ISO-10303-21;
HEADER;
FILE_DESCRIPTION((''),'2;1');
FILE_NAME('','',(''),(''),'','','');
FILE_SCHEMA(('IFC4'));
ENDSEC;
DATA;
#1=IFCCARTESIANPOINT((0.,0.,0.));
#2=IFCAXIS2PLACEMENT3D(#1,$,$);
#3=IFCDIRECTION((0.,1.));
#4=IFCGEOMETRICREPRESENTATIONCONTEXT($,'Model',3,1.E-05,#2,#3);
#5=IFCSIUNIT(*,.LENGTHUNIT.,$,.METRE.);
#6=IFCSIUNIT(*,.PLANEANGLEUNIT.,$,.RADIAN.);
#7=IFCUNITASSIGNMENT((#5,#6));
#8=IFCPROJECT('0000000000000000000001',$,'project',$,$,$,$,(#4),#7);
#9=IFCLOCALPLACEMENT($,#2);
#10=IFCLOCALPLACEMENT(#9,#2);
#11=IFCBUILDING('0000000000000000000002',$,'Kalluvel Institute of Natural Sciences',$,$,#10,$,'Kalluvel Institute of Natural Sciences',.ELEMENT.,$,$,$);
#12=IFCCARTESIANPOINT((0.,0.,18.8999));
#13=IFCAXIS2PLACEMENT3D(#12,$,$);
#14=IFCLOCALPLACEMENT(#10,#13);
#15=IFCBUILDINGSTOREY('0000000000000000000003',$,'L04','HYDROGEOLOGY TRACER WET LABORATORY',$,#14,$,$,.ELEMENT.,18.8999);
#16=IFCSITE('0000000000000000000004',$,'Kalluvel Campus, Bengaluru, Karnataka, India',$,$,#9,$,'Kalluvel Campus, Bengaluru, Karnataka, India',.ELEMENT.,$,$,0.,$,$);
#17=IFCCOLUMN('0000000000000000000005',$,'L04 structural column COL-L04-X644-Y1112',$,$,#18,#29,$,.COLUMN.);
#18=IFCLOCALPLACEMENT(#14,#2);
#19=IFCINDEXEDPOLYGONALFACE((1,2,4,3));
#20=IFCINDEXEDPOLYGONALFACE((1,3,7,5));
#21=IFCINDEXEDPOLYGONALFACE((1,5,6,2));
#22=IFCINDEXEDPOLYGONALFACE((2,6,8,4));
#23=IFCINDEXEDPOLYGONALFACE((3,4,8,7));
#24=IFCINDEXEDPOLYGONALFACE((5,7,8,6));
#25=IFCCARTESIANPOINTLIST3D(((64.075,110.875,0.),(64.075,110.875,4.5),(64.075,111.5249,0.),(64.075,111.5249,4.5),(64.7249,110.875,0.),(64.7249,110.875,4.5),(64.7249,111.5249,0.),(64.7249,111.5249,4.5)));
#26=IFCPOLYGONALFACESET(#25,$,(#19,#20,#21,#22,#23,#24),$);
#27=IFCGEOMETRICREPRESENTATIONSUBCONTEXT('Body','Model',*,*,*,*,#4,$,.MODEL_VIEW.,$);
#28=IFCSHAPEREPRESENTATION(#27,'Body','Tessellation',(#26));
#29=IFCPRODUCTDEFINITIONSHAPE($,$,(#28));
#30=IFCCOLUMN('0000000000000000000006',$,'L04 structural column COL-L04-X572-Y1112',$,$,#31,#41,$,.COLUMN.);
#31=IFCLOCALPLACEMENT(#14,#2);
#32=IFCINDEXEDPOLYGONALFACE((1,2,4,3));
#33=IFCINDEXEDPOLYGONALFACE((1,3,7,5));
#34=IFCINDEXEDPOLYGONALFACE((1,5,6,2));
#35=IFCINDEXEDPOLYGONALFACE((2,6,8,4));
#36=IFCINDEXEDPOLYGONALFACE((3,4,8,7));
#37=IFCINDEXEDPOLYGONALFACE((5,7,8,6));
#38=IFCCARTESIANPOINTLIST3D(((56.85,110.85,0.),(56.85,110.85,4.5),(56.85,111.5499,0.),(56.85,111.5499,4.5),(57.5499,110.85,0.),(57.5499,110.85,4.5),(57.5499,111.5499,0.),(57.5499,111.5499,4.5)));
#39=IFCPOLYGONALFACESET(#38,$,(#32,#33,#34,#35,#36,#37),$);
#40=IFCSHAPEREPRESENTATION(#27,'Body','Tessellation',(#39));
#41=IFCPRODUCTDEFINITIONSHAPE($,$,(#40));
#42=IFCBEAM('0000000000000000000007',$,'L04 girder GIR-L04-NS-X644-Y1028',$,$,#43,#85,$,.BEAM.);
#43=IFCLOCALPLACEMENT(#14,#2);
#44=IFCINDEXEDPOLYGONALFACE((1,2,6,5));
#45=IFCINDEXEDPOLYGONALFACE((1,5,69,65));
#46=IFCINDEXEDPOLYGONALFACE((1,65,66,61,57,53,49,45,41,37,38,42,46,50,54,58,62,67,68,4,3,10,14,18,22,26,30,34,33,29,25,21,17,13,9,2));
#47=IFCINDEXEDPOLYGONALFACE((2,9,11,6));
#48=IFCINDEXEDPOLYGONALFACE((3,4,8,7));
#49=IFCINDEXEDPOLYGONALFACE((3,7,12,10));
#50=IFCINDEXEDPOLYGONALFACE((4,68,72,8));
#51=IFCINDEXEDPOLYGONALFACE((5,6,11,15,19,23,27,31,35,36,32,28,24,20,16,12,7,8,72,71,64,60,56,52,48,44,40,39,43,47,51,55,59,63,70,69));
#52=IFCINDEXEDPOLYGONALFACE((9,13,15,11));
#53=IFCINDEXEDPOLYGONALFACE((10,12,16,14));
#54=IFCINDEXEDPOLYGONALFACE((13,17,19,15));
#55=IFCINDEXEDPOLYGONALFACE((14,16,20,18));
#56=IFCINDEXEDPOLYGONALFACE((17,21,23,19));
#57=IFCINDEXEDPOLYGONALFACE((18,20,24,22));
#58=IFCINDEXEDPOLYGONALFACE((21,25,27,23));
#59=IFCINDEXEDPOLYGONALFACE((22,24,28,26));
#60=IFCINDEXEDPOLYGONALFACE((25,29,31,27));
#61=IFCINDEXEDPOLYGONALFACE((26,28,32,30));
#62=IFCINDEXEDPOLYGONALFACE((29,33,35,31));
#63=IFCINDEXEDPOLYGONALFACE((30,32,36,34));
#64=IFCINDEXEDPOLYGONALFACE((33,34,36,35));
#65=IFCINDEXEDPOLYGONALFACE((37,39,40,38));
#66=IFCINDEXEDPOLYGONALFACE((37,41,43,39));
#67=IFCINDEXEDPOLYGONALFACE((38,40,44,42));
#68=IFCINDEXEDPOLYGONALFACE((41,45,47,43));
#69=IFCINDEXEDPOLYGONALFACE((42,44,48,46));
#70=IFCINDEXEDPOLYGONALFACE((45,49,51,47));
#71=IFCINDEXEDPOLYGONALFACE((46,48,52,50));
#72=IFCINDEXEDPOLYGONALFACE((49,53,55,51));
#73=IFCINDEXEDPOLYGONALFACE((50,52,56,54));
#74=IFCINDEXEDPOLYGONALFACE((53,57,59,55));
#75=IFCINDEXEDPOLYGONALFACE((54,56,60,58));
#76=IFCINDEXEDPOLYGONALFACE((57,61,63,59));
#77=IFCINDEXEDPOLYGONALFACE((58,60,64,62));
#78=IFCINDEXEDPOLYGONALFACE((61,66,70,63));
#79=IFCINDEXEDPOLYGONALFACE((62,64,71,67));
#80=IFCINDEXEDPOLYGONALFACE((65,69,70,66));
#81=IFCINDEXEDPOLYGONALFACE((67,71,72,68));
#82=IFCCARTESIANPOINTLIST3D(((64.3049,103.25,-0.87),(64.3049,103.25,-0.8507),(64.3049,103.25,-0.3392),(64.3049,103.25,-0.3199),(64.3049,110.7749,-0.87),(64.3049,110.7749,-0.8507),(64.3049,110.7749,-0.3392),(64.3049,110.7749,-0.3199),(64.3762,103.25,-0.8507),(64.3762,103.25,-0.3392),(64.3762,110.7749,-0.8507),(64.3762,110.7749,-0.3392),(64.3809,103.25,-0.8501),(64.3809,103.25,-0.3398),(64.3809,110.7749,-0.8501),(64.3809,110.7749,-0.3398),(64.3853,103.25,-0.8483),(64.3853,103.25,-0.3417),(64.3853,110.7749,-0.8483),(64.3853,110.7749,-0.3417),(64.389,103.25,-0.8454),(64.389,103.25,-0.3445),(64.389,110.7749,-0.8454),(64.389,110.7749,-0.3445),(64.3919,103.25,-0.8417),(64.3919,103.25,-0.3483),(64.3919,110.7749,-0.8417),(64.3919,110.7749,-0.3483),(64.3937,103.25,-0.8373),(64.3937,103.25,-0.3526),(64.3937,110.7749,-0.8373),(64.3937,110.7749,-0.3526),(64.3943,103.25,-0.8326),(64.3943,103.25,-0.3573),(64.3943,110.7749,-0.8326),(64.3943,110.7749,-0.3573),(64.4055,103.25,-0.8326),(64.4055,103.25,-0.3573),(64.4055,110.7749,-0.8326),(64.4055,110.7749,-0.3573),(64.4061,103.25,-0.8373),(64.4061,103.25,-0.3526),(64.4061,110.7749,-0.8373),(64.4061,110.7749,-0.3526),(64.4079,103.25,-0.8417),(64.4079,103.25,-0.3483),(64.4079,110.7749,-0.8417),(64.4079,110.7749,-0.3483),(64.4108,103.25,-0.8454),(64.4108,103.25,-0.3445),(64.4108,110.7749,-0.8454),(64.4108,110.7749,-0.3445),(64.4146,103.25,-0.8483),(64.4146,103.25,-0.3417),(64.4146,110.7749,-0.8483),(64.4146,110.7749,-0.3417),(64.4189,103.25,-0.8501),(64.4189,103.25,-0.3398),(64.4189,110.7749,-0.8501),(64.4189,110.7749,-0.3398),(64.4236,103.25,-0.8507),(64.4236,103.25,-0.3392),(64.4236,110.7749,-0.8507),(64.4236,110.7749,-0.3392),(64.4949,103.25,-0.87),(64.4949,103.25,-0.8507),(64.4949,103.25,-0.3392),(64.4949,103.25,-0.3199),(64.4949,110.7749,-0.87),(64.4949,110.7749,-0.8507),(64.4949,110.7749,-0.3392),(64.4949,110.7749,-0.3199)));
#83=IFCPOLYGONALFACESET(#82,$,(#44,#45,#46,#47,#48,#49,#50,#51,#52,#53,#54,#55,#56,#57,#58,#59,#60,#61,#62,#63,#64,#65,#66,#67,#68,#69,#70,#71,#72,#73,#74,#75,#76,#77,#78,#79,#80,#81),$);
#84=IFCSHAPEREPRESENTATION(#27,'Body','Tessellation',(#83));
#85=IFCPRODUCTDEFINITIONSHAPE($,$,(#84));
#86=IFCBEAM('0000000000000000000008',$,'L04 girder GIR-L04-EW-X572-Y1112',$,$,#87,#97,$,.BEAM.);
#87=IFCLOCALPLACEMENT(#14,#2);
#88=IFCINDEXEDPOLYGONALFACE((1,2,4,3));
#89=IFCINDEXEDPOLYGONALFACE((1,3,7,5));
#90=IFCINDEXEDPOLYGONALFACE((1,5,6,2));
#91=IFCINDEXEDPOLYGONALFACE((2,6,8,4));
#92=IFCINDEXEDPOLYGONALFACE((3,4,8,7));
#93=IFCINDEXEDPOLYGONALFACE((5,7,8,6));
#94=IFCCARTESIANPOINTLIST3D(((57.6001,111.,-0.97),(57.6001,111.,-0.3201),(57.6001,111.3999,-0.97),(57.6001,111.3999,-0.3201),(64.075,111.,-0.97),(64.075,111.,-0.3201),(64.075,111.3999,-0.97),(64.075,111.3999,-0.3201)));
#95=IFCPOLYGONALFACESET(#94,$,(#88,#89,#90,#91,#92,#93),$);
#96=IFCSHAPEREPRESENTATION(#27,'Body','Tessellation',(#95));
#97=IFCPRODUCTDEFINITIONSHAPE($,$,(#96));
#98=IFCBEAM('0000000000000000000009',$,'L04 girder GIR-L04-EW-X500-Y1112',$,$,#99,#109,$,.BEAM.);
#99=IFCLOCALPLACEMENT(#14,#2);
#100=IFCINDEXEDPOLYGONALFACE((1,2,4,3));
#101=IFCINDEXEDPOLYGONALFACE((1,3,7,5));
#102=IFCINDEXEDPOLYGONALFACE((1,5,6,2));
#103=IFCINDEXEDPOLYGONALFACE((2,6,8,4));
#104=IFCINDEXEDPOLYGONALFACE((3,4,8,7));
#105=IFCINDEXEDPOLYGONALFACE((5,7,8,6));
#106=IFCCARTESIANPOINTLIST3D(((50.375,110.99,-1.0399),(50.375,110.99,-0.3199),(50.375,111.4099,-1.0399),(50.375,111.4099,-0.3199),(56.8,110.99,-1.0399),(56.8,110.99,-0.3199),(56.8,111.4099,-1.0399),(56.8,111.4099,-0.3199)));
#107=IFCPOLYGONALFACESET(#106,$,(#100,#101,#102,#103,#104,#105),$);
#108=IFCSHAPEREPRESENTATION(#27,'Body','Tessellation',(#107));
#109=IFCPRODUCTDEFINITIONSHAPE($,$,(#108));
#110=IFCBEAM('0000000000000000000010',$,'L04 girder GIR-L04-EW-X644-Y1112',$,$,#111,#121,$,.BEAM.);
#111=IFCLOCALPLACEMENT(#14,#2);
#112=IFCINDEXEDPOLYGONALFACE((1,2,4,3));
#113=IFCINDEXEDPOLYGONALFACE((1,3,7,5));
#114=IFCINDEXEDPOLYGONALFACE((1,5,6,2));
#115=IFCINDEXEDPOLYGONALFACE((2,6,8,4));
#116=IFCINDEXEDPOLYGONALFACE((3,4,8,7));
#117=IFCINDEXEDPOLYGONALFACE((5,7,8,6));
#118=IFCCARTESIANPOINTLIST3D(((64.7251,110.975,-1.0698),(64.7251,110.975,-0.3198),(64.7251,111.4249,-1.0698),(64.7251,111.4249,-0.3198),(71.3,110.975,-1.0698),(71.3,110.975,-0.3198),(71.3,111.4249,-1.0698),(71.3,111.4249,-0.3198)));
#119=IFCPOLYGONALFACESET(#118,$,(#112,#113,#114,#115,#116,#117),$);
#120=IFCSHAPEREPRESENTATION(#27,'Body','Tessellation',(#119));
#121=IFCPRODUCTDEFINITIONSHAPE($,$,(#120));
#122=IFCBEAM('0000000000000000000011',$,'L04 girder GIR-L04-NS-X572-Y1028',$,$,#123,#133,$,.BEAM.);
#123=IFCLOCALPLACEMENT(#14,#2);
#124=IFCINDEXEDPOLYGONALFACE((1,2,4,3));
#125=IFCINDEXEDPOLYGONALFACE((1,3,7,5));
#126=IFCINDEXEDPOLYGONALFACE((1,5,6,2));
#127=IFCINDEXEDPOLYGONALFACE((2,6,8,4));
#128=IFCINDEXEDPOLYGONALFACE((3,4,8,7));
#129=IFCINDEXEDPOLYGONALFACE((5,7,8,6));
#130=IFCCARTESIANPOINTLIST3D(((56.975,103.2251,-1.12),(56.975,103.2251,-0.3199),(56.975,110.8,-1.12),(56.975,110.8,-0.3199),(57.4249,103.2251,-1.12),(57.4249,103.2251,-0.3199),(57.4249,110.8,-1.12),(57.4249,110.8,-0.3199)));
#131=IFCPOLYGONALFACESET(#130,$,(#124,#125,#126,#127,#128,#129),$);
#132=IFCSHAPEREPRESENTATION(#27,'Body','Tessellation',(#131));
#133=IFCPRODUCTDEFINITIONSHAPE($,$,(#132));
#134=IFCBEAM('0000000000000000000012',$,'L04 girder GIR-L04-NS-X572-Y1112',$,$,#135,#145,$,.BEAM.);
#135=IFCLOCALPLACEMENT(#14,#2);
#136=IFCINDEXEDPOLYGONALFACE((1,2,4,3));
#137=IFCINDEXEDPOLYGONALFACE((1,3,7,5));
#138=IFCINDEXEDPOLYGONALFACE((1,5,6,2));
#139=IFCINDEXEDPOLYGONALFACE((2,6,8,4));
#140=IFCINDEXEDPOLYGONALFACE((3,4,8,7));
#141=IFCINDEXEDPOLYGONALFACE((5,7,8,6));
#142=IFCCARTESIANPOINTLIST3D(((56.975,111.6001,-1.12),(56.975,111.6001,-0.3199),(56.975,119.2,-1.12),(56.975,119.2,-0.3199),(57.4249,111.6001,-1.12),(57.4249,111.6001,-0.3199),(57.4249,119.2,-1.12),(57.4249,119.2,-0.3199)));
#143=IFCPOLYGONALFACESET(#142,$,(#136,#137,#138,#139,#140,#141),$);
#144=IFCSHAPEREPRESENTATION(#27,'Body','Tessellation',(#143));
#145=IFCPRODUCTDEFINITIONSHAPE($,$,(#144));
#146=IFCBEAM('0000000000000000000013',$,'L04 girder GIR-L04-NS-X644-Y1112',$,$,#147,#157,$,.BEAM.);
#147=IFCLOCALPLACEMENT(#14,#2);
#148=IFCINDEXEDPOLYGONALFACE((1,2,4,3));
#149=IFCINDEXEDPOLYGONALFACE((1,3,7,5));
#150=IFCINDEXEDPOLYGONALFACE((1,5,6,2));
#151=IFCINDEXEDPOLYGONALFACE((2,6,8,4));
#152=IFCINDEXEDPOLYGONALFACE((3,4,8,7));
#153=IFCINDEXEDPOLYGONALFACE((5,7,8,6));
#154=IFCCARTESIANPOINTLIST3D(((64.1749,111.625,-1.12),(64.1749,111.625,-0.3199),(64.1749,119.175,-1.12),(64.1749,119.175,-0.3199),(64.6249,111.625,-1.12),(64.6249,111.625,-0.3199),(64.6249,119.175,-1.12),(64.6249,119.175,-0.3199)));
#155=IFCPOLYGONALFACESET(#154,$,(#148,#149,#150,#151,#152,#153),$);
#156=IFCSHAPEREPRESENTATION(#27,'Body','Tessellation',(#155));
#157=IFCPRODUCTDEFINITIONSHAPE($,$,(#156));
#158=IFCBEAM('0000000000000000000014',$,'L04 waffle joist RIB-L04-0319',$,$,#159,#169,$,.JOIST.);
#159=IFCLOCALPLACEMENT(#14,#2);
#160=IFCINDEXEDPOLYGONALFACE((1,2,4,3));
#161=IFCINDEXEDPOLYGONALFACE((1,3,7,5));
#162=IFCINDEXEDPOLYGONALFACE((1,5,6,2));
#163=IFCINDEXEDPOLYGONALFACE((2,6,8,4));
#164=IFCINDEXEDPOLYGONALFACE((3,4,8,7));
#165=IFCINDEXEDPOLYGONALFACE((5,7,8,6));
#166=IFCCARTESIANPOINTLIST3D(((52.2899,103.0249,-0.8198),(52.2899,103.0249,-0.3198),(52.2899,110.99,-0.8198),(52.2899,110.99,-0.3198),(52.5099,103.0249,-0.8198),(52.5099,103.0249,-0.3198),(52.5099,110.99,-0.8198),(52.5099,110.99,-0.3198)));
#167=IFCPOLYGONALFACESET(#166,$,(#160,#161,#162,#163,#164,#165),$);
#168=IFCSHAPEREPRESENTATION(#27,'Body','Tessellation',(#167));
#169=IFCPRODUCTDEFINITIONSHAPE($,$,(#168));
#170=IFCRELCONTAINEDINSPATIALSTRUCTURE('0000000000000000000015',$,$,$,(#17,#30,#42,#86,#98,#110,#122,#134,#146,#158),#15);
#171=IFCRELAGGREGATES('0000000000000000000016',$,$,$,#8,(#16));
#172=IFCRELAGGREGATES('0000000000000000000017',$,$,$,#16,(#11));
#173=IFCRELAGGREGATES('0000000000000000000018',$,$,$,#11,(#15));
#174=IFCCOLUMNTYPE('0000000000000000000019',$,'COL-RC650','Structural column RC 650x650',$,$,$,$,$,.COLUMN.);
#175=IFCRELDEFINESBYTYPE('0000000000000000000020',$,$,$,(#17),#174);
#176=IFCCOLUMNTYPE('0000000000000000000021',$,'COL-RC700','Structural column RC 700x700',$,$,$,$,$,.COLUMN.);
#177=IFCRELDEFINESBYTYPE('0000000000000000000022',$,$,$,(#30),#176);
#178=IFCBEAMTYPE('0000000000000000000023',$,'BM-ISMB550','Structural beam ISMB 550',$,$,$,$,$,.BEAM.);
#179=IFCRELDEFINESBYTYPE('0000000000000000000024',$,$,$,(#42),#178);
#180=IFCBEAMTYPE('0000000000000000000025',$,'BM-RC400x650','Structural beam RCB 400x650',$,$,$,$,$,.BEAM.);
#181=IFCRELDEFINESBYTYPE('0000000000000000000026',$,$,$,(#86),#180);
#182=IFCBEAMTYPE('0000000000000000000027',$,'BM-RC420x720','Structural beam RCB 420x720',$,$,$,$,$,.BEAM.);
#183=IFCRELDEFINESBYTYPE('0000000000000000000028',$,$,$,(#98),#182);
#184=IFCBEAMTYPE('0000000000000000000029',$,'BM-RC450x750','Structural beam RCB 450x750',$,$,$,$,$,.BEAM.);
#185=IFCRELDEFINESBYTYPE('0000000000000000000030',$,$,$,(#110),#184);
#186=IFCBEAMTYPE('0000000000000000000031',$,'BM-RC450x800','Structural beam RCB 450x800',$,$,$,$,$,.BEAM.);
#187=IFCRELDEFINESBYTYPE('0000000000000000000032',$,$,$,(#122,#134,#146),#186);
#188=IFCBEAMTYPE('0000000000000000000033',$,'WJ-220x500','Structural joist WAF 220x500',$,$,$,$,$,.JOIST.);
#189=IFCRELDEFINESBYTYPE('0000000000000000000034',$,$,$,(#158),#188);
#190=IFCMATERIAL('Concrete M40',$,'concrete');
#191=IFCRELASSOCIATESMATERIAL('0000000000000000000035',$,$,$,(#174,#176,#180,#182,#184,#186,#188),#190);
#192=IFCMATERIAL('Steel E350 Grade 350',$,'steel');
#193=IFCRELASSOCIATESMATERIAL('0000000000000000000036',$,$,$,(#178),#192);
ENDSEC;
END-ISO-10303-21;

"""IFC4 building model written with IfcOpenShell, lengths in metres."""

from ifc_helpers import new_model, si_unit, direction, frame, origin, origin_2d, place, context, subcontext, project, spatial, rectangle, i_section, extrude, material, material_profile, profile_set, type_object, element, save


model = new_model("IFC4")

# Units and contexts
model_context = context("Model", 3, precision=1e-05, world=origin(), true_north=direction((0.0, 1.0)))
body_context = subcontext(model_context, "Body", "Model", "MODEL_VIEW")
ifc_project = project(units=[si_unit("LENGTHUNIT", "METRE"), si_unit("PLANEANGLEUNIT", "RADIAN")], contexts=[model_context])

# Site, building, storey
site_placement = place(None, origin())
site = spatial("IfcSite", under=ifc_project, at=site_placement, Name="Kalluvel Campus, Bengaluru, Karnataka, India", LongName="Kalluvel Campus, Bengaluru, Karnataka, India", CompositionType="ELEMENT", RefElevation=0.0)
building_placement = place(site_placement, origin())
building = spatial("IfcBuilding", under=site, at=building_placement, Name="Kalluvel Institute of Natural Sciences", LongName="Kalluvel Institute of Natural Sciences", CompositionType="ELEMENT")
storey_placement = place(building_placement, frame((0.0, 0.0, 18.8999)))
storey = spatial("IfcBuildingStorey", under=building, at=storey_placement, Name="L04", Description="HYDROGEOLOGY TRACER WET LABORATORY", CompositionType="ELEMENT", Elevation=18.8999)

# Columns
ifc_material_1 = material(Name="Concrete M40", Category="concrete")
ifc_material_profile_1 = material_profile(ifc_material_1, rectangle(XDim=0.6499, YDim=0.6499, at=origin_2d()), Name="RC 650x650")
ifc_profile_set_1 = profile_set([ifc_material_profile_1], Name="Concrete M40")
column_type_1 = type_object("IfcColumnType", Name="COL-RC650", Description="Structural column RC 650x650", PredefinedType="COLUMN", material=ifc_profile_set_1)
column_1_placement = place(storey_placement, frame((64.3999, 111.2, 0.0), z_axis=(0.0, 0.0, 1.0), x_axis=(1.0, 0.0, 0.0)))
element("IfcColumn", 1, at=column_1_placement, inside=storey, type_object=column_type_1, Name="L04 structural column COL-L04-X644-Y1112", PredefinedType="COLUMN", context=body_context, shape_type="SweptSolid", body=[
    extrude(rectangle(XDim=0.6499, YDim=0.6499, at=origin_2d()), origin(), (0.0, 0.0, 1.0), 4.5),
])
ifc_material_profile_2 = material_profile(ifc_material_1, rectangle(XDim=0.7, YDim=0.7, at=origin_2d()), Name="RC 700x700")
ifc_profile_set_2 = profile_set([ifc_material_profile_2], Name="Concrete M40")
column_type_2 = type_object("IfcColumnType", Name="COL-RC700", Description="Structural column RC 700x700", PredefinedType="COLUMN", material=ifc_profile_set_2)
column_2_placement = place(storey_placement, frame((57.2, 111.2, 0.0), z_axis=(0.0, 0.0, 1.0), x_axis=(1.0, 0.0, 0.0)))
element("IfcColumn", 2, at=column_2_placement, inside=storey, type_object=column_type_2, Name="L04 structural column COL-L04-X572-Y1112", PredefinedType="COLUMN", context=body_context, shape_type="SweptSolid", body=[
    extrude(rectangle(XDim=0.7, YDim=0.7, at=origin_2d()), origin(), (0.0, 0.0, 1.0), 4.5),
])

# Beams
ifc_material_2 = material(Name="Steel E350 Grade 350", Category="steel")
ifc_material_profile_3 = material_profile(ifc_material_2, i_section(OverallWidth=0.1899, OverallDepth=0.55, WebThickness=0.0112, FlangeThickness=0.0193, FilletRadius=0.0181, at=origin_2d()), Name="ISMB 550")
ifc_profile_set_3 = profile_set([ifc_material_profile_3], Name="Steel E350 Grade 350")
beam_type_1 = type_object("IfcBeamType", Name="BM-ISMB550", Description="Structural beam ISMB 550", PredefinedType="BEAM", material=ifc_profile_set_3)
beam_1_placement = place(storey_placement, frame((64.3999, 103.25, -0.595), z_axis=(0.0, 1.0, 0.0), x_axis=(-1.0, 0.0, 0.0)))
element("IfcBeam", 3, at=beam_1_placement, inside=storey, type_object=beam_type_1, Name="L04 girder GIR-L04-NS-X644-Y1028", PredefinedType="BEAM", context=body_context, shape_type="SweptSolid", body=[
    extrude(i_section(OverallWidth=0.1899, OverallDepth=0.55, WebThickness=0.0112, FlangeThickness=0.0193, FilletRadius=0.0181, at=origin_2d()), origin(), (0.0, 0.0, 1.0), 7.5249),
])
ifc_material_profile_4 = material_profile(ifc_material_1, rectangle(XDim=0.3999, YDim=0.6499, at=origin_2d()), Name="RCB 400x650")
ifc_profile_set_4 = profile_set([ifc_material_profile_4], Name="Concrete M40")
beam_type_2 = type_object("IfcBeamType", Name="BM-RC400x650", Description="Structural beam RCB 400x650", PredefinedType="BEAM", material=ifc_profile_set_4)
beam_2_placement = place(storey_placement, frame((57.6001, 111.2, -0.645), z_axis=(1.0, 0.0, 0.0), x_axis=(0.0, 1.0, 0.0)))
element("IfcBeam", 4, at=beam_2_placement, inside=storey, type_object=beam_type_2, Name="L04 girder GIR-L04-EW-X572-Y1112", PredefinedType="BEAM", context=body_context, shape_type="SweptSolid", body=[
    extrude(rectangle(XDim=0.3999, YDim=0.6499, at=origin_2d()), origin(), (0.0, 0.0, 1.0), 6.4749),
])
ifc_material_profile_5 = material_profile(ifc_material_1, rectangle(XDim=0.4199, YDim=0.72, at=origin_2d()), Name="RCB 420x720")
ifc_profile_set_5 = profile_set([ifc_material_profile_5], Name="Concrete M40")
beam_type_3 = type_object("IfcBeamType", Name="BM-RC420x720", Description="Structural beam RCB 420x720", PredefinedType="BEAM", material=ifc_profile_set_5)
beam_3_placement = place(storey_placement, frame((50.375, 111.2, -0.6799), z_axis=(1.0, 0.0, 0.0), x_axis=(0.0, 1.0, 0.0)))
element("IfcBeam", 5, at=beam_3_placement, inside=storey, type_object=beam_type_3, Name="L04 girder GIR-L04-EW-X500-Y1112", PredefinedType="BEAM", context=body_context, shape_type="SweptSolid", body=[
    extrude(rectangle(XDim=0.4199, YDim=0.72, at=origin_2d()), origin(), (0.0, 0.0, 1.0), 6.425),
])
ifc_material_profile_6 = material_profile(ifc_material_1, rectangle(XDim=0.45, YDim=0.75, at=origin_2d()), Name="RCB 450x750")
ifc_profile_set_6 = profile_set([ifc_material_profile_6], Name="Concrete M40")
beam_type_4 = type_object("IfcBeamType", Name="BM-RC450x750", Description="Structural beam RCB 450x750", PredefinedType="BEAM", material=ifc_profile_set_6)
beam_4_placement = place(storey_placement, frame((64.7251, 111.2, -0.6948), z_axis=(1.0, 0.0, 0.0), x_axis=(0.0, 1.0, 0.0)))
element("IfcBeam", 6, at=beam_4_placement, inside=storey, type_object=beam_type_4, Name="L04 girder GIR-L04-EW-X644-Y1112", PredefinedType="BEAM", context=body_context, shape_type="SweptSolid", body=[
    extrude(rectangle(XDim=0.45, YDim=0.75, at=origin_2d()), origin(), (0.0, 0.0, 1.0), 6.575),
])
ifc_material_profile_7 = material_profile(ifc_material_1, rectangle(XDim=0.45, YDim=0.8, at=origin_2d()), Name="RCB 450x800")
ifc_profile_set_7 = profile_set([ifc_material_profile_7], Name="Concrete M40")
beam_type_5 = type_object("IfcBeamType", Name="BM-RC450x800", Description="Structural beam RCB 450x800", PredefinedType="BEAM", material=ifc_profile_set_7)
beam_5_placement = place(storey_placement, frame((57.2, 103.2251, -0.72), z_axis=(0.0, 1.0, 0.0), x_axis=(-1.0, 0.0, 0.0)))
element("IfcBeam", 7, at=beam_5_placement, inside=storey, type_object=beam_type_5, Name="L04 girder GIR-L04-NS-X572-Y1028", PredefinedType="BEAM", context=body_context, shape_type="SweptSolid", body=[
    extrude(rectangle(XDim=0.45, YDim=0.8, at=origin_2d()), origin(), (0.0, 0.0, 1.0), 7.575),
])
beam_6_placement = place(storey_placement, frame((57.2, 111.6001, -0.72), z_axis=(0.0, 1.0, 0.0), x_axis=(-1.0, 0.0, 0.0)))
element("IfcBeam", 8, at=beam_6_placement, inside=storey, type_object=beam_type_5, Name="L04 girder GIR-L04-NS-X572-Y1112", PredefinedType="BEAM", context=body_context, shape_type="SweptSolid", body=[
    extrude(rectangle(XDim=0.45, YDim=0.8, at=origin_2d()), origin(), (0.0, 0.0, 1.0), 7.5999),
])
beam_7_placement = place(storey_placement, frame((64.3999, 111.625, -0.72), z_axis=(0.0, 1.0, 0.0), x_axis=(-1.0, 0.0, 0.0)))
element("IfcBeam", 9, at=beam_7_placement, inside=storey, type_object=beam_type_5, Name="L04 girder GIR-L04-NS-X644-Y1112", PredefinedType="BEAM", context=body_context, shape_type="SweptSolid", body=[
    extrude(rectangle(XDim=0.45, YDim=0.8, at=origin_2d()), origin(), (0.0, 0.0, 1.0), 7.55),
])
ifc_material_profile_8 = material_profile(ifc_material_1, rectangle(XDim=0.22, YDim=0.5, at=origin_2d()), Name="WAF 220x500")
ifc_profile_set_8 = profile_set([ifc_material_profile_8], Name="Concrete M40")
beam_type_6 = type_object("IfcBeamType", Name="WJ-220x500", Description="Structural joist WAF 220x500", PredefinedType="JOIST", material=ifc_profile_set_8)
beam_8_placement = place(storey_placement, frame((52.3999, 103.0249, -0.5698), z_axis=(0.0, 1.0, 0.0), x_axis=(-1.0, 0.0, 0.0)))
element("IfcBeam", 10, at=beam_8_placement, inside=storey, type_object=beam_type_6, Name="L04 waffle joist RIB-L04-0319", PredefinedType="JOIST", context=body_context, shape_type="SweptSolid", body=[
    extrude(rectangle(XDim=0.22, YDim=0.5, at=origin_2d()), origin(), (0.0, 0.0, 1.0), 7.9651),
])

save(model, "model.ifc")
